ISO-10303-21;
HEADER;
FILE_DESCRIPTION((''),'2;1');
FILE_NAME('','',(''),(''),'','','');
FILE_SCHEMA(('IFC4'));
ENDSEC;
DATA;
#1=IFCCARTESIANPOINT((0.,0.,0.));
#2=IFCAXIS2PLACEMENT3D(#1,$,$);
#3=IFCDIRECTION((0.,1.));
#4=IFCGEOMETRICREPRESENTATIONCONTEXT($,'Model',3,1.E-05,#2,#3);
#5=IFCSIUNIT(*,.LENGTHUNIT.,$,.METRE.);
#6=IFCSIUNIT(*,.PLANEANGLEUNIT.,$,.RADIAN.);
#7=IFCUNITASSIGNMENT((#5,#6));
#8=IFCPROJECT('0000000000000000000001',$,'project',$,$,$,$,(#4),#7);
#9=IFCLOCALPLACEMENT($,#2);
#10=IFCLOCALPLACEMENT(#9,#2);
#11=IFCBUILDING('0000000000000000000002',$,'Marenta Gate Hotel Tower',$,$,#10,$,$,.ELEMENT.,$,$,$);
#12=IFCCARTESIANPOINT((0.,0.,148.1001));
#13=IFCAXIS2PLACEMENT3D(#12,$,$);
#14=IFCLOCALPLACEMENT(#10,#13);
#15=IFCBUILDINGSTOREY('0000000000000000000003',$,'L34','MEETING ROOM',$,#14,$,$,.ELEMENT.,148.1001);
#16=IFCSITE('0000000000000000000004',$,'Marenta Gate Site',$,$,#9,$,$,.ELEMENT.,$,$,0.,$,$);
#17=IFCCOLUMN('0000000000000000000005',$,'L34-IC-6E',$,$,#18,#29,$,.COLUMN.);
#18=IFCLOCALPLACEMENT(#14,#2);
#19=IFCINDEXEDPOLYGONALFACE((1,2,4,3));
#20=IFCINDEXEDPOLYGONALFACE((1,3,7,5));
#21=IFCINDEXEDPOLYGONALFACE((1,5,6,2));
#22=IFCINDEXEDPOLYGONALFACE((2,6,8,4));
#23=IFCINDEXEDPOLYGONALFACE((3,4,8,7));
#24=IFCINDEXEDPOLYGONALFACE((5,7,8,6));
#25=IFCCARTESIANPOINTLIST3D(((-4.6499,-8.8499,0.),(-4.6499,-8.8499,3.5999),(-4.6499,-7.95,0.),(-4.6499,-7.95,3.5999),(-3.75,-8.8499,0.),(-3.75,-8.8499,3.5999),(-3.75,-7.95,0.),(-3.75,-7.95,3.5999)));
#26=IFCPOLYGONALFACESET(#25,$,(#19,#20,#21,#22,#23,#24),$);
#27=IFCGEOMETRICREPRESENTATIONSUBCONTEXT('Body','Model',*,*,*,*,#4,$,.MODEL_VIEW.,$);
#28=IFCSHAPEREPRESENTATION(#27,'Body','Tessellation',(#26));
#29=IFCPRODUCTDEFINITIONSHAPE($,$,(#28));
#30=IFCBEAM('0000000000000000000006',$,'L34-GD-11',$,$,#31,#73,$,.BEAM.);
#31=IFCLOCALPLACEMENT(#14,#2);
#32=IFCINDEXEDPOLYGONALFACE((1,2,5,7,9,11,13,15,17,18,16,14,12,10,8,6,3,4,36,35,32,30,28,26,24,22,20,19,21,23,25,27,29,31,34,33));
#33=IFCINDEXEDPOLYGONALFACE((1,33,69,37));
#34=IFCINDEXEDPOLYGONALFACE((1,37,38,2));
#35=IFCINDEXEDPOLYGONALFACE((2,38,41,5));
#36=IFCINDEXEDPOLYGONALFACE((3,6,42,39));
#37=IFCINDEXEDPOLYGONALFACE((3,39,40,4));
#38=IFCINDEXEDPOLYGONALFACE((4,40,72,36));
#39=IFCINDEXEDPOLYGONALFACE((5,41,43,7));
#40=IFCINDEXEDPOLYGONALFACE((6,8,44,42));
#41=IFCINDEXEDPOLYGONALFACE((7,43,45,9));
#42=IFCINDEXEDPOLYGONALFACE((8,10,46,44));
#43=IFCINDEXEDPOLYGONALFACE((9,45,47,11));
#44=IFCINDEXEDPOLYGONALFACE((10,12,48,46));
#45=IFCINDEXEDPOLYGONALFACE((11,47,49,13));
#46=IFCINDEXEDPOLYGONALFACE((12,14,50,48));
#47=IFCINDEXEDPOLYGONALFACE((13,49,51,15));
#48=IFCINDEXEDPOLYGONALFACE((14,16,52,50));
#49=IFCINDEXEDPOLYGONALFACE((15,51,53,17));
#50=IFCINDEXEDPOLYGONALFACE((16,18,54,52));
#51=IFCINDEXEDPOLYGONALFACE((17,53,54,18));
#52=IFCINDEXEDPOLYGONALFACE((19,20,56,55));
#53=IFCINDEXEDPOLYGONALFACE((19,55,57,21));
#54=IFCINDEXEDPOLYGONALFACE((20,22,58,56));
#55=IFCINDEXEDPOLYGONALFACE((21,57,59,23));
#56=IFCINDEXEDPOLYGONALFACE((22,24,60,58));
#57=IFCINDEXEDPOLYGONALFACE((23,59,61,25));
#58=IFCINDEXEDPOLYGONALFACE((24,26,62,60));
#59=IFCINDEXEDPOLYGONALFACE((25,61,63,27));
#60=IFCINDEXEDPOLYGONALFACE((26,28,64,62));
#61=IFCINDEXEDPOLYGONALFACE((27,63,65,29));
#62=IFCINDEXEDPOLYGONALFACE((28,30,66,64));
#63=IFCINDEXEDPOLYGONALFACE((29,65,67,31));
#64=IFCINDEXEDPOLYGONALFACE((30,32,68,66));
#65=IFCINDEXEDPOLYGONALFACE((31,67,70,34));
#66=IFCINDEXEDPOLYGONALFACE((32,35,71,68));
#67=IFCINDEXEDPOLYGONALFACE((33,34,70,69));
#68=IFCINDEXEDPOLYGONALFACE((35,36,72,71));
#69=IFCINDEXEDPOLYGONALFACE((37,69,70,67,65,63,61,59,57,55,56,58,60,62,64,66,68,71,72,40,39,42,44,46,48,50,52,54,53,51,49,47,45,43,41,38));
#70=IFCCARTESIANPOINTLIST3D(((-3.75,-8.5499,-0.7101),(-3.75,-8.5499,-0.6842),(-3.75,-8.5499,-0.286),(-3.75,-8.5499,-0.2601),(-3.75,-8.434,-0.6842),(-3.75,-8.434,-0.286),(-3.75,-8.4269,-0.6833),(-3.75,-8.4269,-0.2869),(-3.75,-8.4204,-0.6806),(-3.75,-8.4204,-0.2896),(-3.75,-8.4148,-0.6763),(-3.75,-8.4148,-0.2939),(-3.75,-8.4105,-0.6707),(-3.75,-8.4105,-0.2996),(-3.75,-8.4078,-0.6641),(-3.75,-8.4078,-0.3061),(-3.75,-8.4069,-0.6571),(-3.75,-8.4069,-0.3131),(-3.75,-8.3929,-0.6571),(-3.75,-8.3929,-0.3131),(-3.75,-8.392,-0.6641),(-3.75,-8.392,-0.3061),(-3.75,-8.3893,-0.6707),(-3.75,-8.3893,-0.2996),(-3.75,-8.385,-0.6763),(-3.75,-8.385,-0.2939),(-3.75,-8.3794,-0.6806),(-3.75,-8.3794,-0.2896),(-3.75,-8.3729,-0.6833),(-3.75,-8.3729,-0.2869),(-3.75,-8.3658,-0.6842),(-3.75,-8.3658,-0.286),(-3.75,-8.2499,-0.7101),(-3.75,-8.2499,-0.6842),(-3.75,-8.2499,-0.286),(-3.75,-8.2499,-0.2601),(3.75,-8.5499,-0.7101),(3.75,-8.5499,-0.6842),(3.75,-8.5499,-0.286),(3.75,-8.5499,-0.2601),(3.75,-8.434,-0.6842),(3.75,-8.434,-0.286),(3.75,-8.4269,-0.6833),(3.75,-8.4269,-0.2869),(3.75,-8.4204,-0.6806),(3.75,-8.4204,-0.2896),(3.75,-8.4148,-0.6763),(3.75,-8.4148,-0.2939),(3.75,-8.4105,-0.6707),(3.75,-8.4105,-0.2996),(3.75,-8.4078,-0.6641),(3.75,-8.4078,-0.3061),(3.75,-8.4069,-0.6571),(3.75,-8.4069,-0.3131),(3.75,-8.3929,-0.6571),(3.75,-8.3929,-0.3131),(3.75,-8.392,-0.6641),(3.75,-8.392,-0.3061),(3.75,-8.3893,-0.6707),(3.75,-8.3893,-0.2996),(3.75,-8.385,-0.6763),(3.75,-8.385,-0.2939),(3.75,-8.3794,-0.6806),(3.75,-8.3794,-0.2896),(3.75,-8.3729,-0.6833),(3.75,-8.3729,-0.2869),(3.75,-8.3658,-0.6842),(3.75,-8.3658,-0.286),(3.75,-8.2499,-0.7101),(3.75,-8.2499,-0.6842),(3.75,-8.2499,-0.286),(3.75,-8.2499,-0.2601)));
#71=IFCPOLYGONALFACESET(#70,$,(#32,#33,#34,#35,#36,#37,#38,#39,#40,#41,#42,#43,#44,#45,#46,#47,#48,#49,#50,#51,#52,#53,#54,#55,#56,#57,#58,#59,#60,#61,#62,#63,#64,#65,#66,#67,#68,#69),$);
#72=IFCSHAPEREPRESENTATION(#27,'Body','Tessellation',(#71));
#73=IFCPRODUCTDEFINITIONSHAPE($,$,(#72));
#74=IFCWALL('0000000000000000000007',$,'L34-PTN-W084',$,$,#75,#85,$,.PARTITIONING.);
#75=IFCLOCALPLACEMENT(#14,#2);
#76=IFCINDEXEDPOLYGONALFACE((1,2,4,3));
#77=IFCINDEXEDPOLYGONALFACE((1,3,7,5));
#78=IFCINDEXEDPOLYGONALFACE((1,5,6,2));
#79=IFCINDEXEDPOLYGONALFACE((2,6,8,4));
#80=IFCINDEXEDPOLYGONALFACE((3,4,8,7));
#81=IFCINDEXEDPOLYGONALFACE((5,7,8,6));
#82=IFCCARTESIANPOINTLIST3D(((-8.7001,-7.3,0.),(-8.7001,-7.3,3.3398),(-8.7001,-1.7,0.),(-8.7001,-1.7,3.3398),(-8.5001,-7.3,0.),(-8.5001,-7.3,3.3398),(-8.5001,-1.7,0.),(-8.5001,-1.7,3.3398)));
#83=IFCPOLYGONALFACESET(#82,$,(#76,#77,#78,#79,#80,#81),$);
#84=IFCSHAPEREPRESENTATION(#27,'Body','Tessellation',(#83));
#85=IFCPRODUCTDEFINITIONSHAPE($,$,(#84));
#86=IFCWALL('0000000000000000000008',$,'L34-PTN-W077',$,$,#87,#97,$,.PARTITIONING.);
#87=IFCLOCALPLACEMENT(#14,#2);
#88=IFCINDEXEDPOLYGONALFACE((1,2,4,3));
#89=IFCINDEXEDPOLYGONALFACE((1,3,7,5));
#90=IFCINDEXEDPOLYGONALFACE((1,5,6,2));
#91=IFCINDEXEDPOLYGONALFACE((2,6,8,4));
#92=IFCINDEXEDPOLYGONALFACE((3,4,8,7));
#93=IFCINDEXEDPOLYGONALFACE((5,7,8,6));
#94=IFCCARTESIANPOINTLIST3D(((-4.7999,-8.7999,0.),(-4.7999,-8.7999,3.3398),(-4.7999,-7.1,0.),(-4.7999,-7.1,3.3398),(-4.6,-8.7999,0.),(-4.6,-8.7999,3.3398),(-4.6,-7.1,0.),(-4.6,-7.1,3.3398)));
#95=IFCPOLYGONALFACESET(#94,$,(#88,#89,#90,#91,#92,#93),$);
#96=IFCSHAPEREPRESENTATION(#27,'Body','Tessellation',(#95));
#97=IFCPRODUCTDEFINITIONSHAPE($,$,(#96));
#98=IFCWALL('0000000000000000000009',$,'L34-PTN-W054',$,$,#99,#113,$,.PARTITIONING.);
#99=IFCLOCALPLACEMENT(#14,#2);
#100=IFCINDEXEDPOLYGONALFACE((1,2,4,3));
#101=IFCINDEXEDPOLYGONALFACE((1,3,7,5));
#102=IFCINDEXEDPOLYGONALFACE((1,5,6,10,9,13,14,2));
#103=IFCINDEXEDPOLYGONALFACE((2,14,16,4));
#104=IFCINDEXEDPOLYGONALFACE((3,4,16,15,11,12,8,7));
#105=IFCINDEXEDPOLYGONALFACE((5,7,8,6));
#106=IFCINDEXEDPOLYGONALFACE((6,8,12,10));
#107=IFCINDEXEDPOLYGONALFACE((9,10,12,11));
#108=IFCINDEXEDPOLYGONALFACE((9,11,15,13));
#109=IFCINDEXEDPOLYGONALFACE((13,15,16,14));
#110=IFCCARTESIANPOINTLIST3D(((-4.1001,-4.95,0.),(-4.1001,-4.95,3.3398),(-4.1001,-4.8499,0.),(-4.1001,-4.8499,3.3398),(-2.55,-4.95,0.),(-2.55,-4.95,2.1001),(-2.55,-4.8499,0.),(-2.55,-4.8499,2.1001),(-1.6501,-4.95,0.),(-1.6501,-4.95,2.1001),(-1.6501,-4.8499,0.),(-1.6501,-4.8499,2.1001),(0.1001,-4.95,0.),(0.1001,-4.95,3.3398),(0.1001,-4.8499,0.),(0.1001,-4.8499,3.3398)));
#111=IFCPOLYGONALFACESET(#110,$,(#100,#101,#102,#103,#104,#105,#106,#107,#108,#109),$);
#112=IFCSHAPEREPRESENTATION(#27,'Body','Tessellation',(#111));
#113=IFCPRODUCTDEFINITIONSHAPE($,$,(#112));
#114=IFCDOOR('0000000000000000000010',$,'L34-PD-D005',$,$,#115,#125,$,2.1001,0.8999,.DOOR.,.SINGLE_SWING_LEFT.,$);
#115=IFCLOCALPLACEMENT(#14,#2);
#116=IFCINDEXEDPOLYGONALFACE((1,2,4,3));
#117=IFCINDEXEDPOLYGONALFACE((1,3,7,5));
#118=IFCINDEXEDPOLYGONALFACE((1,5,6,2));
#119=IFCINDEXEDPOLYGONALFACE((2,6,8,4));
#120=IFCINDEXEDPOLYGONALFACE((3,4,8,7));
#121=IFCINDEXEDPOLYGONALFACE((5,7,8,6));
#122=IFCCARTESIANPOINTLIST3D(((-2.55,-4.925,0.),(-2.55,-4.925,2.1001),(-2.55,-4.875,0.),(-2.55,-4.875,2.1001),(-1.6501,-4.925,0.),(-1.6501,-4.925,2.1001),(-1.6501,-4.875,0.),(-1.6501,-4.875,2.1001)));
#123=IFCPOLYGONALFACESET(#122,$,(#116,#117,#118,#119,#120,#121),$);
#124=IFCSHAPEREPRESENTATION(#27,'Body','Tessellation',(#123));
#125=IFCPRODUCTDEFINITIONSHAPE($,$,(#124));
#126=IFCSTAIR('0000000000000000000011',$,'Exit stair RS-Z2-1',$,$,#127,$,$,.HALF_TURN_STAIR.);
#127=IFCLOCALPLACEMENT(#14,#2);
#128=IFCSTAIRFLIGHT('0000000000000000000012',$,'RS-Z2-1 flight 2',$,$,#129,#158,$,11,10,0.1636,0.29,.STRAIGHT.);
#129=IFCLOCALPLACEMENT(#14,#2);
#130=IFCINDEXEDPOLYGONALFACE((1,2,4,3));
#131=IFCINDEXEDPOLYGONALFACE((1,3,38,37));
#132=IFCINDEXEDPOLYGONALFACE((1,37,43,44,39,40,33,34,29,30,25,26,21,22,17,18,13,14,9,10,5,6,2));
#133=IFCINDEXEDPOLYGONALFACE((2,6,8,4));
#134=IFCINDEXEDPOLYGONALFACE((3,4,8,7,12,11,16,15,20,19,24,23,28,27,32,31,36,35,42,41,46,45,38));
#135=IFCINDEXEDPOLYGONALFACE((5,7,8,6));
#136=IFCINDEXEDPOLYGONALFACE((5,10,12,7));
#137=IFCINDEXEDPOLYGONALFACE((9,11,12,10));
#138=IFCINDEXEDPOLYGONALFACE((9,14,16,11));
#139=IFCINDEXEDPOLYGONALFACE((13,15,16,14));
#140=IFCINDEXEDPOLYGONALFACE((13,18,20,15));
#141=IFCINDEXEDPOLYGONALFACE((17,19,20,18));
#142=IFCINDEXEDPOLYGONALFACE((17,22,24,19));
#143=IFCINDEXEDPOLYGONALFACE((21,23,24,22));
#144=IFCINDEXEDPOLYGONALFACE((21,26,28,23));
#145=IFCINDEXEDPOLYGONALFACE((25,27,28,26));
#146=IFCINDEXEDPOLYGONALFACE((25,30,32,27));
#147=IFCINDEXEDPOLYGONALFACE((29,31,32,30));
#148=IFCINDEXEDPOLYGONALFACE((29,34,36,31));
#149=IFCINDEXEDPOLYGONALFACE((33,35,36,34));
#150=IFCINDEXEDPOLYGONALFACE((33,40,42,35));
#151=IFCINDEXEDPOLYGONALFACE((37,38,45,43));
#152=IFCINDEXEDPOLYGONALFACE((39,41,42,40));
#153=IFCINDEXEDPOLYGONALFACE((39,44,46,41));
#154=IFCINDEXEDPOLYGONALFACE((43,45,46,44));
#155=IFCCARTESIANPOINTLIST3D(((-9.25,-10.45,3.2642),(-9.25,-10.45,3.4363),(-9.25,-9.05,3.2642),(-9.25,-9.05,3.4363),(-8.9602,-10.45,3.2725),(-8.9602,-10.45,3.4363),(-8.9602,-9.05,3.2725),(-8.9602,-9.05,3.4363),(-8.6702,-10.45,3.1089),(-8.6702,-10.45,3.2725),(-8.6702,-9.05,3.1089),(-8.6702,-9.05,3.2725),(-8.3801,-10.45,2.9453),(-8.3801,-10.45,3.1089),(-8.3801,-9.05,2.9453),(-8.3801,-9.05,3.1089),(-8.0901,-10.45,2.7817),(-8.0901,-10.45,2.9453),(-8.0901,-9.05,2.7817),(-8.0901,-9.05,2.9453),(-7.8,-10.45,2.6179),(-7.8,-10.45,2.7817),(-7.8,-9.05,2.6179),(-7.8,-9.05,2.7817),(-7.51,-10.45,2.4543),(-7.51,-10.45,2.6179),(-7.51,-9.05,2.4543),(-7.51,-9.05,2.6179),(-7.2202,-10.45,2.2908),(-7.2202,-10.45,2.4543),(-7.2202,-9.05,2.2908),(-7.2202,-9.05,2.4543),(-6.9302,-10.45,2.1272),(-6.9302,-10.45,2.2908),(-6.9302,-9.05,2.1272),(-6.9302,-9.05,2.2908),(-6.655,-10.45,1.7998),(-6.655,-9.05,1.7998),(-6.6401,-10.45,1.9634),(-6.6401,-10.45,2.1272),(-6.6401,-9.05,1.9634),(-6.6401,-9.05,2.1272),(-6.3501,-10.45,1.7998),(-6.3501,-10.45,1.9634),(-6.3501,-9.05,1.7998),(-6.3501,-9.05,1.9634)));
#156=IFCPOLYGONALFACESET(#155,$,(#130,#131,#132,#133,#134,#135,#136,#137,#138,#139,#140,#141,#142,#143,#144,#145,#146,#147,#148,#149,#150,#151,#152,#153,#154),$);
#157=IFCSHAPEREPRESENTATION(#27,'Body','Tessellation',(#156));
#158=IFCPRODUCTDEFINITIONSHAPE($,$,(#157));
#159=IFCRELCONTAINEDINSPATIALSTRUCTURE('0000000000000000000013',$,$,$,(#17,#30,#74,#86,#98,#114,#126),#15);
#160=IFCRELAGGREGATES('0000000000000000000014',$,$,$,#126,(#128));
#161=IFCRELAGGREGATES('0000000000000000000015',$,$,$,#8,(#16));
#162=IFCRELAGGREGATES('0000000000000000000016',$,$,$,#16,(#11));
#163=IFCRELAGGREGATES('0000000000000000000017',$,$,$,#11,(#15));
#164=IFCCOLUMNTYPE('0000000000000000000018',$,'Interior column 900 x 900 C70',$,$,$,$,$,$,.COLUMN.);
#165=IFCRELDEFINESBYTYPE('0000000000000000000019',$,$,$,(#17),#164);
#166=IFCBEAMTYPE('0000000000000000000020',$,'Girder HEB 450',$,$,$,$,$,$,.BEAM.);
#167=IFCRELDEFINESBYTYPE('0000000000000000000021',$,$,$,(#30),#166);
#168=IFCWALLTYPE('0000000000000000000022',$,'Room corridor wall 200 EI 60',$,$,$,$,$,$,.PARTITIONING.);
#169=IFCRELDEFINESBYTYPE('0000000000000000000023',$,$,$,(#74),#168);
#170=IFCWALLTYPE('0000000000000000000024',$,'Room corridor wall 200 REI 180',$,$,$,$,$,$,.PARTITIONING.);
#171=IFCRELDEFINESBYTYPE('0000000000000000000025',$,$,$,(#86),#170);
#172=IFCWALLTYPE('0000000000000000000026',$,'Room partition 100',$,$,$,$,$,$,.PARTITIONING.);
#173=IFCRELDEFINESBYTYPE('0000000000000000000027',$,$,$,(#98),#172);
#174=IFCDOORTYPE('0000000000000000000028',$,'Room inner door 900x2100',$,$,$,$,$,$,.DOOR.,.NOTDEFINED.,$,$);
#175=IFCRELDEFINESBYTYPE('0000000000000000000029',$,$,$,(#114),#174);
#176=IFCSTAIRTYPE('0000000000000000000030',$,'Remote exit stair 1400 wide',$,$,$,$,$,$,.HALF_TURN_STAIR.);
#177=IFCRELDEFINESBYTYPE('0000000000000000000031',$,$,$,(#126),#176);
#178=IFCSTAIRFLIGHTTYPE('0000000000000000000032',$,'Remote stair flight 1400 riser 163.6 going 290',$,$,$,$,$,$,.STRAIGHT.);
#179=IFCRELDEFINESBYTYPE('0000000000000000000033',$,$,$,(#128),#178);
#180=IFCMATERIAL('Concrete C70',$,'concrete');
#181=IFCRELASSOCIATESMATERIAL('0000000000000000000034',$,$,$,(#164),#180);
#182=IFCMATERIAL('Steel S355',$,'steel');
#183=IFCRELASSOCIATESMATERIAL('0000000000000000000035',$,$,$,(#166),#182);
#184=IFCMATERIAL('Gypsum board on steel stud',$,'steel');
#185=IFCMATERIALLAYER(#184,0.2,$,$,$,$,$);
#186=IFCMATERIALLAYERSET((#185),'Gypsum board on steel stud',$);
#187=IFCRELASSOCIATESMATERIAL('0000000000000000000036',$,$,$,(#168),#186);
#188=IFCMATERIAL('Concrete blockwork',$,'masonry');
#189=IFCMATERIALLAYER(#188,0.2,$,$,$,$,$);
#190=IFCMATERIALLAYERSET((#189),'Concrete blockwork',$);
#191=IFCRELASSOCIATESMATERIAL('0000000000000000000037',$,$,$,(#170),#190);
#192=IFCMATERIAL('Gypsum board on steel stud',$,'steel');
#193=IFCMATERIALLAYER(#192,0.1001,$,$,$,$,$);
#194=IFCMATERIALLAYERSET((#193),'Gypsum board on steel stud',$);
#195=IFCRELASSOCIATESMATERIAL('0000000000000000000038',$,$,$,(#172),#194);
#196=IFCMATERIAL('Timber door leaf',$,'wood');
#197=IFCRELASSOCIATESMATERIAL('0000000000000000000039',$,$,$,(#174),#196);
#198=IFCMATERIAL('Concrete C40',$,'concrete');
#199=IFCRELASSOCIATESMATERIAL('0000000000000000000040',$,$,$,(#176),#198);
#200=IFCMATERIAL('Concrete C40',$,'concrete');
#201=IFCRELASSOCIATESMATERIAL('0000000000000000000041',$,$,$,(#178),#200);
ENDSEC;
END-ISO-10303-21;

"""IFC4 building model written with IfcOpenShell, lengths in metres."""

from ifc_helpers import new_model, si_unit, direction, frame, frame_2d, origin, origin_2d, place, context, subcontext, project, spatial, polyline, rectangle, i_section, outline, extrude, material, layer, layer_set, material_profile, profile_set, type_object, element, fill, aggregate, save


model = new_model("IFC4")

# Units and contexts
model_context = context("Model", 3, precision=1e-05, world=origin(), true_north=direction((0.0, 1.0)))
body_context = subcontext(model_context, "Body", "Model", "MODEL_VIEW")
ifc_project = project(units=[si_unit("LENGTHUNIT", "METRE"), si_unit("PLANEANGLEUNIT", "RADIAN")], contexts=[model_context])

# Site, building, storey
site_placement = place(None, origin())
site = spatial("IfcSite", under=ifc_project, at=site_placement, Name="Marenta Gate Site", CompositionType="ELEMENT", RefElevation=0.0)
building_placement = place(site_placement, origin())
building = spatial("IfcBuilding", under=site, at=building_placement, Name="Marenta Gate Hotel Tower", CompositionType="ELEMENT")
storey_placement = place(building_placement, frame((0.0, 0.0, 148.1001)))
storey = spatial("IfcBuildingStorey", under=building, at=storey_placement, Name="L34", Description="MEETING ROOM", CompositionType="ELEMENT", Elevation=148.1001)

# Column
ifc_material_1 = material(Name="Concrete C70", Category="concrete")
ifc_material_profile_1 = material_profile(ifc_material_1, rectangle(XDim=0.8999, YDim=0.8999, at=origin_2d()), Name="900 x 900")
ifc_profile_set_1 = profile_set([ifc_material_profile_1], Name="Concrete C70")
column_type = type_object("IfcColumnType", Name="Interior column 900 x 900 C70", PredefinedType="COLUMN", material=ifc_profile_set_1)
column_placement = place(storey_placement, frame((-4.2, -8.3999, 0.0), z_axis=(0.0, 0.0, 1.0), x_axis=(1.0, 0.0, 0.0)))
element("IfcColumn", 1, at=column_placement, inside=storey, type_object=column_type, Name="L34-IC-6E", PredefinedType="COLUMN", context=body_context, shape_type="SweptSolid", body=[
    extrude(rectangle(XDim=0.8999, YDim=0.8999, at=origin_2d()), origin(), (0.0, 0.0, 1.0), 3.5999),
])

# Beam
ifc_material_2 = material(Name="Steel S355", Category="steel")
ifc_material_profile_2 = material_profile(ifc_material_2, i_section(OverallWidth=0.3, OverallDepth=0.45, WebThickness=0.0139, FlangeThickness=0.0259, FilletRadius=0.0271, at=origin_2d()), Name="HEB 450")
ifc_profile_set_2 = profile_set([ifc_material_profile_2], Name="Steel S355")
beam_type = type_object("IfcBeamType", Name="Girder HEB 450", PredefinedType="BEAM", material=ifc_profile_set_2)
beam_placement = place(storey_placement, frame((-3.75, -8.3999, -0.4851), z_axis=(1.0, 0.0, 0.0), x_axis=(0.0, 1.0, 0.0)))
element("IfcBeam", 2, at=beam_placement, inside=storey, type_object=beam_type, Name="L34-GD-11", PredefinedType="BEAM", context=body_context, shape_type="SweptSolid", body=[
    extrude(i_section(OverallWidth=0.3, OverallDepth=0.45, WebThickness=0.0139, FlangeThickness=0.0259, FilletRadius=0.0271, at=origin_2d()), origin(), (0.0, 0.0, 1.0), 7.5),
])

# Wall
ifc_material_3 = material(Name="Gypsum board on steel stud", Category="steel")
ifc_layer_1 = layer(ifc_material_3, 0.2)
ifc_layer_set_1 = layer_set([ifc_layer_1], Name="Gypsum board on steel stud")
wall_type_1 = type_object("IfcWallType", Name="Room corridor wall 200 EI 60", PredefinedType="PARTITIONING", material=ifc_layer_set_1)
wall_1_placement = place(storey_placement, frame((-8.6001, -7.3, 0.0), z_axis=(0.0, 0.0, 1.0), x_axis=(0.0, 1.0, 0.0)))
element("IfcWall", 3, at=wall_1_placement, inside=storey, type_object=wall_type_1, Name="L34-PTN-W084", PredefinedType="PARTITIONING", context=body_context, shape_type="SweptSolid", body=[
    extrude(rectangle(XDim=5.6001, YDim=0.2, at=frame_2d((2.8, 0.0))), origin(), (0.0, 0.0, 1.0), 3.3398),
])

# Shared definitions
ifc_material_4 = material(Name="Concrete blockwork", Category="masonry")
ifc_layer_2 = layer(ifc_material_4, 0.2)
ifc_layer_set_2 = layer_set([ifc_layer_2], Name="Concrete blockwork")
wall_type_2 = type_object("IfcWallType", Name="Room corridor wall 200 REI 180", PredefinedType="PARTITIONING", material=ifc_layer_set_2)

# Wall
wall_2_placement = place(storey_placement, frame((-4.7, -8.8, 0.0), z_axis=(0.0, 0.0, 1.0), x_axis=(0.0, 1.0, 0.0)))
element("IfcWall", 4, at=wall_2_placement, inside=storey, type_object=wall_type_2, Name="L34-PTN-W077", PredefinedType="PARTITIONING", context=body_context, shape_type="SweptSolid", body=[
    extrude(rectangle(XDim=1.7, YDim=0.2, at=frame_2d((0.8501, 0.0))), origin(), (0.0, 0.0, 1.0), 3.3398),
])

# Wall, opening, door
ifc_material_5 = material(Name="Gypsum board on steel stud", Category="steel")
ifc_layer_3 = layer(ifc_material_5, 0.1001)
ifc_layer_set_3 = layer_set([ifc_layer_3], Name="Gypsum board on steel stud")
wall_type_3 = type_object("IfcWallType", Name="Room partition 100", PredefinedType="PARTITIONING", material=ifc_layer_set_3)
wall_3_placement = place(storey_placement, frame((-4.1001, -4.8999, 0.0), z_axis=(0.0, 0.0, 1.0), x_axis=(1.0, 0.0, 0.0)))
wall_3 = element("IfcWall", 5, at=wall_3_placement, inside=storey, type_object=wall_type_3, Name="L34-PTN-W054", PredefinedType="PARTITIONING", context=body_context, shape_type="SweptSolid", body=[
    extrude(rectangle(XDim=4.2002, YDim=0.1001, at=frame_2d((2.1001, 0.0))), origin(), (0.0, 0.0, 1.0), 3.3398),
])
opening_1_placement = place(wall_3_placement, frame((1.55, 0.0, 0.0)))
opening_1 = element("IfcOpeningElement", 6, at=opening_1_placement, cuts=wall_3, PredefinedType="OPENING", context=body_context, shape_type="SweptSolid", body=[
    extrude(rectangle(XDim=0.8999, YDim=2.1001, at=frame_2d((0.45, 1.05))), frame((0.0, 0.05, 0.0), z_axis=(0.0, -1.0, 0.0), x_axis=(1.0, 0.0, 0.0)), (0.0, 0.0, 1.0), 0.1001),
])
ifc_material_6 = material(Name="Timber door leaf", Category="wood")
door_type_1 = type_object("IfcDoorType", Name="Room inner door 900x2100", OperationType="NOTDEFINED", PredefinedType="DOOR", material=ifc_material_6)
door_1_placement = place(opening_1_placement, origin())
door_1 = element("IfcDoor", 7, at=door_1_placement, inside=storey, type_object=door_type_1, Name="L34-PD-D005", OperationType="SINGLE_SWING_LEFT", OverallHeight=2.1001, OverallWidth=0.8999, PredefinedType="DOOR", context=body_context, shape_type="SweptSolid", body=[
    extrude(rectangle(XDim=0.8999, YDim=2.1001, at=frame_2d((0.45, 1.05))), frame((0.0, 0.0249, 0.0), z_axis=(0.0, -1.0, 0.0), x_axis=(1.0, 0.0, 0.0)), (0.0, 0.0, 1.0), 0.05),
])
fill(opening_1, door_1)

# Stair, stair flight
ifc_material_7 = material(Name="Concrete C40", Category="concrete")
stair_type = type_object("IfcStairType", Name="Remote exit stair 1400 wide", PredefinedType="HALF_TURN_STAIR", material=ifc_material_7)
stair_placement = place(storey_placement, origin())
stair = element("IfcStair", 8, at=stair_placement, inside=storey, type_object=stair_type, Name="Exit stair RS-Z2-1", PredefinedType="HALF_TURN_STAIR")
ifc_material_8 = material(Name="Concrete C40", Category="concrete")
stair_flight_type = type_object("IfcStairFlightType", Name="Remote stair flight 1400 riser 163.6 going 290", PredefinedType="STRAIGHT", material=ifc_material_8)
stair_flight_placement = place(storey_placement, frame((-6.3501, -9.75, 1.7998), z_axis=(0.0, 0.0, 1.0), x_axis=(-1.0, 0.0, 0.0)))
stair_flight = element("IfcStairFlight", 9, at=stair_flight_placement, type_object=stair_flight_type, Name="RS-Z2-1 flight 2", NumberOfRisers=11, NumberOfTreads=10, PredefinedType="STRAIGHT", RiserHeight=0.1636, TreadLength=0.29, context=body_context, shape_type="SweptSolid", body=[
    extrude(outline(polyline([(0.0, 0.0), (0.0, 0.1636), (0.29, 0.1636), (0.29, 0.3274), (0.5801, 0.3274), (0.5801, 0.491), (0.8701, 0.491), (0.8701, 0.6545), (1.1599, 0.6545), (1.1599, 0.8181), (1.45, 0.8181), (1.45, 0.9819), (1.74, 0.9819), (1.74, 1.1455), (2.03, 1.1455), (2.03, 1.3091), (2.3201, 1.3091), (2.3201, 1.4727), (2.6101, 1.4727), (2.6101, 1.6365), (2.8999, 1.6365), (2.8999, 1.8), (2.8999, 1.4644), (0.3049, 0.0), (0.0, 0.0)])), frame((0.0, 0.7, 0.0), z_axis=(0.0, -1.0, 0.0), x_axis=(1.0, 0.0, 0.0)), (0.0, 0.0, 1.0), 1.3999),
])
aggregate(stair, [stair_flight])

save(model, "model.ifc")
